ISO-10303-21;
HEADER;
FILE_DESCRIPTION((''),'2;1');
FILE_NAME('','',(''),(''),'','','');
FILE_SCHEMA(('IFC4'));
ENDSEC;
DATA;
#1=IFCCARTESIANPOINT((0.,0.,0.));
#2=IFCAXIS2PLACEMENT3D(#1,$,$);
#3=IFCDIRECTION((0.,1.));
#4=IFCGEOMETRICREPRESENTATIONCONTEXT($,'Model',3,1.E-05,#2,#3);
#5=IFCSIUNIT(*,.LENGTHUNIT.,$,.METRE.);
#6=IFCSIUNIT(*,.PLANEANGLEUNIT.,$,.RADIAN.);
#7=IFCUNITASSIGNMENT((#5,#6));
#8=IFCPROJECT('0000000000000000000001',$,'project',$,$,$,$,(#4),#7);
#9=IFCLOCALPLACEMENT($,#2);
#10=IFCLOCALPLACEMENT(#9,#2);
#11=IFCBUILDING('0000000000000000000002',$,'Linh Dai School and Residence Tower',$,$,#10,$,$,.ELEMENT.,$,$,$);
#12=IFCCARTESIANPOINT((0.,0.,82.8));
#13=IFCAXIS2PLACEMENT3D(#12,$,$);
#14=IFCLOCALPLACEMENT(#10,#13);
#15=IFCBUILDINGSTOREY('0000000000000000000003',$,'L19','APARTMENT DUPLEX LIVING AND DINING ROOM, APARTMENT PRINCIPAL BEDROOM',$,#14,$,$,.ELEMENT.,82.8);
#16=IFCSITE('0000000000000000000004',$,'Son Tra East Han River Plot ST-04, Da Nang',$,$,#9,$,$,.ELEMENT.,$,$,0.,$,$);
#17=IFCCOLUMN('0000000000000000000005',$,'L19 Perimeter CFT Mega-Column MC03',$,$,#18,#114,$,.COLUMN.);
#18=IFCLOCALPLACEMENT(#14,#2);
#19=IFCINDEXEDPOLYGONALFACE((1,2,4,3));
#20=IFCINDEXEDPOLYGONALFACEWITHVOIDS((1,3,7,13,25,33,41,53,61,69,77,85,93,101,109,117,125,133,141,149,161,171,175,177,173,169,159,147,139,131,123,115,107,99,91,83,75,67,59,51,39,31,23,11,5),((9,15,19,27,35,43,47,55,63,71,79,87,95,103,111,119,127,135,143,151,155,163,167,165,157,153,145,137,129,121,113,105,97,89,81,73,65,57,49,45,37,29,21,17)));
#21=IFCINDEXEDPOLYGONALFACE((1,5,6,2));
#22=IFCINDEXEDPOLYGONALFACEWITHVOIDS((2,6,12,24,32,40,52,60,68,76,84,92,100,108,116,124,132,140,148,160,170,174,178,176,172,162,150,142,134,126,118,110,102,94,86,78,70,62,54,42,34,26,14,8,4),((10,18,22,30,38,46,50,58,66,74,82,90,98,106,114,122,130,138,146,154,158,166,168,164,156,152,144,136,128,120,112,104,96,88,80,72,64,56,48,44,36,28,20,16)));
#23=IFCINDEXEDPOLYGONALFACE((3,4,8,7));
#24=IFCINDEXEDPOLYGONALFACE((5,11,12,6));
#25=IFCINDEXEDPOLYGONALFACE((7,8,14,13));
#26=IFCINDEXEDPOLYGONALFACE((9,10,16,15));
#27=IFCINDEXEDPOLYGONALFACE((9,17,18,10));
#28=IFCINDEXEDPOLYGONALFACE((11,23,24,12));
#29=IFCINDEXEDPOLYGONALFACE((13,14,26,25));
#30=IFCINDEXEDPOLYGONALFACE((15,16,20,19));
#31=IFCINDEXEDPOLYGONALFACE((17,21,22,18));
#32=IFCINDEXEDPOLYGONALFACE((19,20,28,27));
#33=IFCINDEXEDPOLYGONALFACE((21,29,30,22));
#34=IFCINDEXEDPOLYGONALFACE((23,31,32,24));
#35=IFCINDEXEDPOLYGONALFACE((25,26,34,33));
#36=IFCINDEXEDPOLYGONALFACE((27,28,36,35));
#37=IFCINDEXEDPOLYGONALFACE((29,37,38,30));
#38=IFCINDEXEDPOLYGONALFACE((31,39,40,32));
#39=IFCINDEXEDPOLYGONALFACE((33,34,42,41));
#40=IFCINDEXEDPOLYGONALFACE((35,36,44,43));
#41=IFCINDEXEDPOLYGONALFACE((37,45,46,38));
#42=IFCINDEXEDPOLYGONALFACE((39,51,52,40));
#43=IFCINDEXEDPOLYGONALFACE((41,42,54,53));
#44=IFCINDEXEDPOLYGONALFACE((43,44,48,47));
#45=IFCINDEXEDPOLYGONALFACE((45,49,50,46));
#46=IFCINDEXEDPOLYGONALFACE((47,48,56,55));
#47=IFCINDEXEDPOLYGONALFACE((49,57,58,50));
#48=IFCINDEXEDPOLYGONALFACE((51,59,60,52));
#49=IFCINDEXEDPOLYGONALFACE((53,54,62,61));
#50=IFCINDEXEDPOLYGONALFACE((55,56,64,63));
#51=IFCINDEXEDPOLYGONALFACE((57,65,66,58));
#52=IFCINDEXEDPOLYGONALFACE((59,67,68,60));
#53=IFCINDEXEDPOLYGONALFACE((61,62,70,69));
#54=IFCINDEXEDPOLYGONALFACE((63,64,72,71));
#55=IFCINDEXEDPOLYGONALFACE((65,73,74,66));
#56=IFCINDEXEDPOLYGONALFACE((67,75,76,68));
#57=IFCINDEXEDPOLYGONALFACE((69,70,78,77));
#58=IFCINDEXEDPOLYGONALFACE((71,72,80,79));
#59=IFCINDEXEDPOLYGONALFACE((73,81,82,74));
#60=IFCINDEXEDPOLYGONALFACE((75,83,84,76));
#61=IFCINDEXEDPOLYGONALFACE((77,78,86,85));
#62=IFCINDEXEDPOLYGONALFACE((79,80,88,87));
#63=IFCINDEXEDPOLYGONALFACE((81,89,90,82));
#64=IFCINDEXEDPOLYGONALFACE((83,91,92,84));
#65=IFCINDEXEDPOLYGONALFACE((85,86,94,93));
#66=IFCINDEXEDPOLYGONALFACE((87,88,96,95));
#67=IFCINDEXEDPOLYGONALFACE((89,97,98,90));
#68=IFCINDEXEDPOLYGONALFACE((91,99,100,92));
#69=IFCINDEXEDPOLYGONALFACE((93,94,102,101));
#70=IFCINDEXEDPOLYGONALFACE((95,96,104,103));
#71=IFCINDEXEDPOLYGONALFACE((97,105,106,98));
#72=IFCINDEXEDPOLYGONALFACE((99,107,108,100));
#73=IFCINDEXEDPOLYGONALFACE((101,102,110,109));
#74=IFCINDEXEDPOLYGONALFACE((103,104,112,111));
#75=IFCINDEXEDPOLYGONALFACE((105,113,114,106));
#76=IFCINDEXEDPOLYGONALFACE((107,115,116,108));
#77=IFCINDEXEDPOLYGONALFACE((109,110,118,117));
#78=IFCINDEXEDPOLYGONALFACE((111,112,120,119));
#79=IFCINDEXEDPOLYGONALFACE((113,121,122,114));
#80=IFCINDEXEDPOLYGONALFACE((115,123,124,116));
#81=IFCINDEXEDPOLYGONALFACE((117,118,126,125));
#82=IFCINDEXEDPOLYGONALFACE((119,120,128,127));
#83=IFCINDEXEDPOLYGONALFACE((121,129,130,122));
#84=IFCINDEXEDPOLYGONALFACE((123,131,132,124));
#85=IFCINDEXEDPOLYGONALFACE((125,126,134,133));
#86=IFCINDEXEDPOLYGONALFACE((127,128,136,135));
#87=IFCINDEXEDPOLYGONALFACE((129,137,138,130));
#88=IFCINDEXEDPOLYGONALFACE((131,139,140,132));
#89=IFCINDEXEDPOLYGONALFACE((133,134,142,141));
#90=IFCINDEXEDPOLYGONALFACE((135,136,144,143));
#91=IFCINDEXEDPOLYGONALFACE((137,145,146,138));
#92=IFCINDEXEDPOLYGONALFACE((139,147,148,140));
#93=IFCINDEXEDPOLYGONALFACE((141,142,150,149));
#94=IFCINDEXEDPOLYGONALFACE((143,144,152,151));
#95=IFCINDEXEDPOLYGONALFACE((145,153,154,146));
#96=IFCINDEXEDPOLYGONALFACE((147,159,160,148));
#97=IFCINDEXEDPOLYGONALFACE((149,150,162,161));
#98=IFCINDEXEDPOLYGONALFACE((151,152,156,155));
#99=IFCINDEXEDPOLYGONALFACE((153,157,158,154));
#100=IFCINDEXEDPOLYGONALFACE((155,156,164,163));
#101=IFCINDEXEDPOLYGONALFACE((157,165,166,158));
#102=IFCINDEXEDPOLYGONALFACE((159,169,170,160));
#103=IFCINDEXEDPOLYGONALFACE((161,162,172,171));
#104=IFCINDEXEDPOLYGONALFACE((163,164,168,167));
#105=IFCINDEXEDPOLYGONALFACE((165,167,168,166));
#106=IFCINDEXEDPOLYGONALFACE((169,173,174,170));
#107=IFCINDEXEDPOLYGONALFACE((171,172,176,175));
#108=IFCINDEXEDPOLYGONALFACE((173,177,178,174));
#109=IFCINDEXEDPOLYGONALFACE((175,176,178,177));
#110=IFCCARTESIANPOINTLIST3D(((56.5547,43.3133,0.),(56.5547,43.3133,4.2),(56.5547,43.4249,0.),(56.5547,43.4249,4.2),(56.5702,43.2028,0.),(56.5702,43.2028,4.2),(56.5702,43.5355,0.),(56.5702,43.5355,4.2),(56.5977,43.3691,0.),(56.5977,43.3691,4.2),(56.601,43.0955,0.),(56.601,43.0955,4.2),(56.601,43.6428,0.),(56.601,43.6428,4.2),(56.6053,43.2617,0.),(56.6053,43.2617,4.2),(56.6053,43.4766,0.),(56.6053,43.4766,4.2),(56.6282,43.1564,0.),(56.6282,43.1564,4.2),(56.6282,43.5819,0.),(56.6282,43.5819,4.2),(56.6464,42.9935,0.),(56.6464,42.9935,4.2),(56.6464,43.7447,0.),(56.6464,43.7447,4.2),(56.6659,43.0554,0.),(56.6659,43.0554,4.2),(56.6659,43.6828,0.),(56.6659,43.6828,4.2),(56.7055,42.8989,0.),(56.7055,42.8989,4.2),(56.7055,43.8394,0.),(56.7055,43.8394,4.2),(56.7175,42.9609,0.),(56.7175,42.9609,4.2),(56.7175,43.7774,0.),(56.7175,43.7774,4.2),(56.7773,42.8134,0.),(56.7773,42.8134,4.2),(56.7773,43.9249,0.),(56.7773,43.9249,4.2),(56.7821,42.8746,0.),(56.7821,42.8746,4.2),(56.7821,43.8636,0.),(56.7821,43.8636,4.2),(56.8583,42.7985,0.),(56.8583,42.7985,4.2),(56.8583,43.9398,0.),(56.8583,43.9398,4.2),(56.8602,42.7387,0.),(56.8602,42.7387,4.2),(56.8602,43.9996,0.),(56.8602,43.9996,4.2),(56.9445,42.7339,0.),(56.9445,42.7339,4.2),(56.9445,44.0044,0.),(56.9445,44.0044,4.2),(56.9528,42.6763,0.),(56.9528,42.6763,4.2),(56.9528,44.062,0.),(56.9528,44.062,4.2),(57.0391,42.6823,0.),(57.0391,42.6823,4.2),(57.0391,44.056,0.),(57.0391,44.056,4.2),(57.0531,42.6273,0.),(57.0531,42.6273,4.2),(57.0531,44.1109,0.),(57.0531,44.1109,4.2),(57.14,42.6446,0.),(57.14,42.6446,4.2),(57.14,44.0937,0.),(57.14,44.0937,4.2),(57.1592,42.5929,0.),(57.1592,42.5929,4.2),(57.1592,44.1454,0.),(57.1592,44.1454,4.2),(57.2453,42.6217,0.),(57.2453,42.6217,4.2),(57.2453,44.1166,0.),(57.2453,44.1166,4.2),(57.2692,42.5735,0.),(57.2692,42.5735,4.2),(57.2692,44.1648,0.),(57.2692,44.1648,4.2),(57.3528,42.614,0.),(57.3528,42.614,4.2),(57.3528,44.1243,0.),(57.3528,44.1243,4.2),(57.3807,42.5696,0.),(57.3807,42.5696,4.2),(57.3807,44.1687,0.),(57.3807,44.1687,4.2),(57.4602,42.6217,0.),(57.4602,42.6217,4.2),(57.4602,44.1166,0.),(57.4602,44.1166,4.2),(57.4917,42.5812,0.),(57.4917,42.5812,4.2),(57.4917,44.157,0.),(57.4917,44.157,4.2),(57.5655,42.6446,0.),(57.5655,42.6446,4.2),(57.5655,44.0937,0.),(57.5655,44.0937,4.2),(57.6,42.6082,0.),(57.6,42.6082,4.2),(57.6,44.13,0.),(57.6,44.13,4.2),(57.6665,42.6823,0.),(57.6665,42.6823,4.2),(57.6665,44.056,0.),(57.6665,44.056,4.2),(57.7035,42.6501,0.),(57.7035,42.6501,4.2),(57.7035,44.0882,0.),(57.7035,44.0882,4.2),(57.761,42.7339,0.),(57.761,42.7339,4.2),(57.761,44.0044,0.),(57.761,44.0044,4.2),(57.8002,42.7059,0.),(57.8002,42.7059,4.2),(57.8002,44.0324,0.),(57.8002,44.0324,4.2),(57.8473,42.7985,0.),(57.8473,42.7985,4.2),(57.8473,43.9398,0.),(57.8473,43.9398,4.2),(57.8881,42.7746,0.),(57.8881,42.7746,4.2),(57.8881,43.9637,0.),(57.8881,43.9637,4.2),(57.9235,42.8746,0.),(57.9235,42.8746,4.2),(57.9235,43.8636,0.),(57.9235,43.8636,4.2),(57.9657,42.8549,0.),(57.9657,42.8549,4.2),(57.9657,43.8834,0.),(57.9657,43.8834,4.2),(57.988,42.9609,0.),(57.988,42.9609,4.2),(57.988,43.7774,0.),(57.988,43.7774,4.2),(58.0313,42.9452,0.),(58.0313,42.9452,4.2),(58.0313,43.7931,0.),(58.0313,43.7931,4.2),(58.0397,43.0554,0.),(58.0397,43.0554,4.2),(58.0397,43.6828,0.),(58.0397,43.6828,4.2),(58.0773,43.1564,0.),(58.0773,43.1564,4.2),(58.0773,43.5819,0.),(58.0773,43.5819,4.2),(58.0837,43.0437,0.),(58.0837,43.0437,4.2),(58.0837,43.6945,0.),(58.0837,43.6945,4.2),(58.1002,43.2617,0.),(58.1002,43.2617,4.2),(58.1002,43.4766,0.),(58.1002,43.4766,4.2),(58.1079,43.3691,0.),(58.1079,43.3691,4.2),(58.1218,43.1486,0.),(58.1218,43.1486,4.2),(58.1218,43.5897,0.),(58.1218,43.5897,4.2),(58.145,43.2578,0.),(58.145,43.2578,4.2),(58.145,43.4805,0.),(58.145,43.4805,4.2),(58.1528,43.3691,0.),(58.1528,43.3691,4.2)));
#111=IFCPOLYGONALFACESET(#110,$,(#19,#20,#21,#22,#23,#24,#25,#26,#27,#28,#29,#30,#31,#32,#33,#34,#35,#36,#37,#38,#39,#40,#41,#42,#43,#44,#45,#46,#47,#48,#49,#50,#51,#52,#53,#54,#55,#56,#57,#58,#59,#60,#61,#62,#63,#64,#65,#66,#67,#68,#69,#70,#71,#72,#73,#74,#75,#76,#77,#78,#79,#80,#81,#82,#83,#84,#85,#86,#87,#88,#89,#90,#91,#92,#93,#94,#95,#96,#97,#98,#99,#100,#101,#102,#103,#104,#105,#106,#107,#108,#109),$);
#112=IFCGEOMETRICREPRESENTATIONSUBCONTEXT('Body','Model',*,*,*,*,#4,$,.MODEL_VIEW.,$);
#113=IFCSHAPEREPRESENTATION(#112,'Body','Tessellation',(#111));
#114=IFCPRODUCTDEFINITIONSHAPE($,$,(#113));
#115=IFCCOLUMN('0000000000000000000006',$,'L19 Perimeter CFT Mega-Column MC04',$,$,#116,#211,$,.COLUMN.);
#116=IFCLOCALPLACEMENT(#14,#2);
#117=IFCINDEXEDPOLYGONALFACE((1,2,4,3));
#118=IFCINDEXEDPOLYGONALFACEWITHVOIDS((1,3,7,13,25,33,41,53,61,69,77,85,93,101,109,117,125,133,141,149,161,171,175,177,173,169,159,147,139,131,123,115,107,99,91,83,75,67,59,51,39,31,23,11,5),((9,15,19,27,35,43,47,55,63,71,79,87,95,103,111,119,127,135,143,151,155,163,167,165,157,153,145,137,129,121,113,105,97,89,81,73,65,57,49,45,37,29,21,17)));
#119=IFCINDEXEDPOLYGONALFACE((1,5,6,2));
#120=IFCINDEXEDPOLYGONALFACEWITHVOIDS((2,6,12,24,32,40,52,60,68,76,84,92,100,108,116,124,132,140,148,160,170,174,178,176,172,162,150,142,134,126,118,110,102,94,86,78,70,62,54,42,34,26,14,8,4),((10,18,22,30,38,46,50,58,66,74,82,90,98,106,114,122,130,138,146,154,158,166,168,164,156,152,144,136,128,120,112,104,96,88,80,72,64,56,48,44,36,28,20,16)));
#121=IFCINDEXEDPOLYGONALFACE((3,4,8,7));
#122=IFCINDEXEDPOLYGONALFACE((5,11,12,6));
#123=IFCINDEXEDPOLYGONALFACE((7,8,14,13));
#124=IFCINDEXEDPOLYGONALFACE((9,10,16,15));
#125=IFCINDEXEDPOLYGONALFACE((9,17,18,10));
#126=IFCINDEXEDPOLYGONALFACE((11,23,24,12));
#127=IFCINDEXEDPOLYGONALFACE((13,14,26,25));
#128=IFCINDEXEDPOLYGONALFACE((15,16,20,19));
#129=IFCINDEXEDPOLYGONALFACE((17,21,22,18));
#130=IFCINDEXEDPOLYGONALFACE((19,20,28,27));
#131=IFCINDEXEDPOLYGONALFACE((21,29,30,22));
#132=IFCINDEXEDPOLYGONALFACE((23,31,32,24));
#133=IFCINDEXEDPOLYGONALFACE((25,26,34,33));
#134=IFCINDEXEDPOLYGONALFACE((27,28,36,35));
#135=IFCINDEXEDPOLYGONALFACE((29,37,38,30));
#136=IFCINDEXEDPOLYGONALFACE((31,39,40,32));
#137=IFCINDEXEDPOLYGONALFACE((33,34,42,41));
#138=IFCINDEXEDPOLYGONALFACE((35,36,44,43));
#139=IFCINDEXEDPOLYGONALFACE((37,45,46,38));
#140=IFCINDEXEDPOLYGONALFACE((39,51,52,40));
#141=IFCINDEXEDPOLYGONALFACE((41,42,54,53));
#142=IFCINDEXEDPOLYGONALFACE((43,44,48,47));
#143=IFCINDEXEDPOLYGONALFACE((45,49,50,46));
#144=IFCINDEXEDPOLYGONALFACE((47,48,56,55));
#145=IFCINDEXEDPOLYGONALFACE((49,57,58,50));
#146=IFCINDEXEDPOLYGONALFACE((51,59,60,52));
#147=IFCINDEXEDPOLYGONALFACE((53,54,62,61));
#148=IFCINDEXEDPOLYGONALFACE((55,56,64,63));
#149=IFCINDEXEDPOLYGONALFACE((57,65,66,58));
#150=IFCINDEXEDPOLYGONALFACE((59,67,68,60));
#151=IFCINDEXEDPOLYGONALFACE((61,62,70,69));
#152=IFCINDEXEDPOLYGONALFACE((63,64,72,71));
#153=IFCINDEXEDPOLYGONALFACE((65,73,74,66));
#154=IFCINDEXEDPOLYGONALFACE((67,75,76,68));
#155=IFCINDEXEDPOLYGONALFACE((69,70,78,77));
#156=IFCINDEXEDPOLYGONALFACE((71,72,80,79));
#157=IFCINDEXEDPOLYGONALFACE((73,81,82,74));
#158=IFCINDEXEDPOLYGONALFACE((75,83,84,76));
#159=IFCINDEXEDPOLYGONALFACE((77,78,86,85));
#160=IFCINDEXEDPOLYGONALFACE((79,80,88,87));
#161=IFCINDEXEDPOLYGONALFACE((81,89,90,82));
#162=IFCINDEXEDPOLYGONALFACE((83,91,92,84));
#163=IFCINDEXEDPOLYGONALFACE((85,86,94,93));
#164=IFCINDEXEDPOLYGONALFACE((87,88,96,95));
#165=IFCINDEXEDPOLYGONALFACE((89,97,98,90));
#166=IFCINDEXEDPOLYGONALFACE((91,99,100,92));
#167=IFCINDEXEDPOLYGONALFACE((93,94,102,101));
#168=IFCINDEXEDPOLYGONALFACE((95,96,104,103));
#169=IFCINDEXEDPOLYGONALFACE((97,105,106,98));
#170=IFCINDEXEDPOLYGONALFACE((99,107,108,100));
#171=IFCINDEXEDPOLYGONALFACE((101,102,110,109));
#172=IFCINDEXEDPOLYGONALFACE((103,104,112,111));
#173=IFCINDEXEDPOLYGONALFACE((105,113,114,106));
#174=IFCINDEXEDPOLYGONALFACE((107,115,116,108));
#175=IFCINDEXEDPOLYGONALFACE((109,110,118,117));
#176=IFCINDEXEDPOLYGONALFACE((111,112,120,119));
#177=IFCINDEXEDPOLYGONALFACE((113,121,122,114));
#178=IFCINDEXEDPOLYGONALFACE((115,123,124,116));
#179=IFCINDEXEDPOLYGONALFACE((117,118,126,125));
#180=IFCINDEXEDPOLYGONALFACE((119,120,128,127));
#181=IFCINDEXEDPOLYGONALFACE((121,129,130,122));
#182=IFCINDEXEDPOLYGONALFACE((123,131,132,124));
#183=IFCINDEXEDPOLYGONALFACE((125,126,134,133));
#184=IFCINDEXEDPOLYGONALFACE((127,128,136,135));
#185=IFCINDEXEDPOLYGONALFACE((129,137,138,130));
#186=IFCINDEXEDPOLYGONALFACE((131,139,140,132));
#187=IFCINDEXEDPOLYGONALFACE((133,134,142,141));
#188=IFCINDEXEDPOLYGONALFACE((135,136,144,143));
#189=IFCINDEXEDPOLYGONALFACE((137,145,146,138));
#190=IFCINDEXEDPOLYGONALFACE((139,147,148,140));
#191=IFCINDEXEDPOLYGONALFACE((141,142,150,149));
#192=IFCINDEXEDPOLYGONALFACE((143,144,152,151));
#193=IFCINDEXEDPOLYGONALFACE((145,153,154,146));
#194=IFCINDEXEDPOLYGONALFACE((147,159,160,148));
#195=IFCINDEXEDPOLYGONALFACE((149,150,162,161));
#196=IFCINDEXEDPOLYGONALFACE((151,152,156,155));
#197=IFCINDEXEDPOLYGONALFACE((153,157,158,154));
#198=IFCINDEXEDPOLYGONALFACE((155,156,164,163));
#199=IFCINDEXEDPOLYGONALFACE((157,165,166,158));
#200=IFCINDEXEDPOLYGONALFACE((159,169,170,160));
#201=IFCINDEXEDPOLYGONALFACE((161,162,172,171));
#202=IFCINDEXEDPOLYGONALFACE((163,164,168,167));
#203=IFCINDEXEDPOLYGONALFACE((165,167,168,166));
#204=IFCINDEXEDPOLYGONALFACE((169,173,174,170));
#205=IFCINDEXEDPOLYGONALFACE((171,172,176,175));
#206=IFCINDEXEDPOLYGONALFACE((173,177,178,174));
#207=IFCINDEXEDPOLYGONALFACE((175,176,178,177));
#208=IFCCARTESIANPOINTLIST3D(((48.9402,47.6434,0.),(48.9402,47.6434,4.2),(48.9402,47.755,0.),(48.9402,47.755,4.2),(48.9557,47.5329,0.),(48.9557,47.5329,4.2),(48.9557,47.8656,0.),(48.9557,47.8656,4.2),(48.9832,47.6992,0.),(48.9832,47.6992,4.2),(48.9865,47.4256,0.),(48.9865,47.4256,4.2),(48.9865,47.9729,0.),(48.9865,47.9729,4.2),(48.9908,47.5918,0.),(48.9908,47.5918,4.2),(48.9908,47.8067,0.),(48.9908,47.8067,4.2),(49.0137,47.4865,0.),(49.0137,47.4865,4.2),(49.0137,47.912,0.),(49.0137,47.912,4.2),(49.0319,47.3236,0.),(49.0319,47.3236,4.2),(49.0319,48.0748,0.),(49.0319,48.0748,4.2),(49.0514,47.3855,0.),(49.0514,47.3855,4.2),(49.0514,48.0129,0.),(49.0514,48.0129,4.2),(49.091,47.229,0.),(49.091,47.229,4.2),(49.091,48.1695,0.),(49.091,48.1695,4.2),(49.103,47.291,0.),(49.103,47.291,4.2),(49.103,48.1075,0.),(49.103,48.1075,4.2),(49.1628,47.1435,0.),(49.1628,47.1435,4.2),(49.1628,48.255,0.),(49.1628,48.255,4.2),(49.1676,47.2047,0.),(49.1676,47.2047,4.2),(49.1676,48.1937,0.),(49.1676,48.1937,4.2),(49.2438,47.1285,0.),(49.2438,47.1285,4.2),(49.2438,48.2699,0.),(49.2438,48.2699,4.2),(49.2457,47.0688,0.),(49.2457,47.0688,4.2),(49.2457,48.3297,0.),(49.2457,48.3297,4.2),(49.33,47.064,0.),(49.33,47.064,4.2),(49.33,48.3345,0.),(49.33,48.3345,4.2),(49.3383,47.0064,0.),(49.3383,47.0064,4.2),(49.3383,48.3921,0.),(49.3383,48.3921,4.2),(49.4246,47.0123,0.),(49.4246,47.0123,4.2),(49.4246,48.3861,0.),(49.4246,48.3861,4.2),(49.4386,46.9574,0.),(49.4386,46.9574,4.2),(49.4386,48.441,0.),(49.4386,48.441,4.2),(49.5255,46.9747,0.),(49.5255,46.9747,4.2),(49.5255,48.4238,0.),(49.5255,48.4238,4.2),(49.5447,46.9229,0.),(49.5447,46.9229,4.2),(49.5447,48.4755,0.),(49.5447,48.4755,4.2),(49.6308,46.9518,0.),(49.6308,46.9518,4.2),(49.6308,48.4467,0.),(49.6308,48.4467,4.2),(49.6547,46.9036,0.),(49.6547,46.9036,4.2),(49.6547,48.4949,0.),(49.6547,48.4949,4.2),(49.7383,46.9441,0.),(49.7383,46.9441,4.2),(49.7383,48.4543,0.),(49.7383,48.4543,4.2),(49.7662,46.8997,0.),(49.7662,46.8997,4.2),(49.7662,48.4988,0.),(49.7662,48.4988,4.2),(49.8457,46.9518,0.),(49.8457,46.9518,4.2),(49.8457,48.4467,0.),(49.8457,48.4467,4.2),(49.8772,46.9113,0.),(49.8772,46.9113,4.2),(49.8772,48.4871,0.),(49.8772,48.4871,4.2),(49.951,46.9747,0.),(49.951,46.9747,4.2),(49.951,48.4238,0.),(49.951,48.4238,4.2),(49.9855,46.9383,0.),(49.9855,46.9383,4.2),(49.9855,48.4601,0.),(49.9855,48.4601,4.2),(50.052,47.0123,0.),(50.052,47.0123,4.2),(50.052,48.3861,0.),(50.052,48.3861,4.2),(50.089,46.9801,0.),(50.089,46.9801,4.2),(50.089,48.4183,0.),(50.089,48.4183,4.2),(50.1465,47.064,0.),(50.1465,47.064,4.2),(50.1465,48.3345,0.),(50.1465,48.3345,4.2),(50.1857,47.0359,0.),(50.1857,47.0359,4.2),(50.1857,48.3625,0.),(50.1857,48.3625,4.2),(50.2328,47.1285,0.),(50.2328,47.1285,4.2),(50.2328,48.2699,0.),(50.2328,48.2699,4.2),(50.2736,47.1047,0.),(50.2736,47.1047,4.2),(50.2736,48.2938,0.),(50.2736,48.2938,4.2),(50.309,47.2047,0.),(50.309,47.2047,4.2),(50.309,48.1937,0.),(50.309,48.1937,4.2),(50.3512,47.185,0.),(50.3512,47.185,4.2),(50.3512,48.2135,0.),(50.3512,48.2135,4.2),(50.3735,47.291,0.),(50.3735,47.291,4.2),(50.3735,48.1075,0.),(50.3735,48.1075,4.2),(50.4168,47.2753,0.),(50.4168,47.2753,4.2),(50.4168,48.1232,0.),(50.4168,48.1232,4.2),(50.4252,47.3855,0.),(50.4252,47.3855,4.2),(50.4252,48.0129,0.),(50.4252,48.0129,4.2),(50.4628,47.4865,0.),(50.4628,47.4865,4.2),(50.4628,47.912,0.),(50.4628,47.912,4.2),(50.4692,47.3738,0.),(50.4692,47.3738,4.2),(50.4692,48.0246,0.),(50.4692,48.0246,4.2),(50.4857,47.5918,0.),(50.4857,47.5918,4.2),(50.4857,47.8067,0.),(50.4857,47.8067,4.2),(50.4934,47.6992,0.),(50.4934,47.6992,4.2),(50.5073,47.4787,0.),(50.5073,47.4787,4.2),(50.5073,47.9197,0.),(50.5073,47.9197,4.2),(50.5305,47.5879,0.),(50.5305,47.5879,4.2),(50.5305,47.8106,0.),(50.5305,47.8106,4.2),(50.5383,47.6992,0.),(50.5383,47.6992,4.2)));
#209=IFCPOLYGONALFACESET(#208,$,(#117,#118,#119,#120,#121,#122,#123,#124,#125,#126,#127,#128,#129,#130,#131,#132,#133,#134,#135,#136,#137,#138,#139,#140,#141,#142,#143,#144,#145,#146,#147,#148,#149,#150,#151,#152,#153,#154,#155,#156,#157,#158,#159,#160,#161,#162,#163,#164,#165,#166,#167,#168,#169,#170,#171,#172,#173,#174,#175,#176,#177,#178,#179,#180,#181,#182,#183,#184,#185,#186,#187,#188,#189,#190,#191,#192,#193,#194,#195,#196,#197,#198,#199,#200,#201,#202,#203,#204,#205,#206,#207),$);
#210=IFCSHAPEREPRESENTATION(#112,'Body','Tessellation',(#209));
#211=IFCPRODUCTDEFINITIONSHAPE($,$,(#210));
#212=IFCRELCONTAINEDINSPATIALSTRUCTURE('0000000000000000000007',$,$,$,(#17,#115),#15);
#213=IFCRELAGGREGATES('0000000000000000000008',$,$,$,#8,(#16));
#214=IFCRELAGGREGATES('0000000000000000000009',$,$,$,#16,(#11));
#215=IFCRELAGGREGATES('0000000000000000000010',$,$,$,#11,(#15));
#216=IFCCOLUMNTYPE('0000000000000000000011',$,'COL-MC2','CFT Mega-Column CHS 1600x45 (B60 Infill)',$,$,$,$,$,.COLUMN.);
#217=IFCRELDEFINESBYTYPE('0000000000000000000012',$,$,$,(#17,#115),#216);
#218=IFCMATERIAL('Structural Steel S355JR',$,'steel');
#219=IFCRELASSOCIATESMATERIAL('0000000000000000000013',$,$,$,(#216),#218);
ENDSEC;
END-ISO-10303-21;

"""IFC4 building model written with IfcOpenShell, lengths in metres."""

from ifc_helpers import new_model, si_unit, direction, frame, origin, origin_2d, place, context, subcontext, project, spatial, hollow_circle, extrude, material, material_profile, profile_set, type_object, element, save


model = new_model("IFC4")

# Units and contexts
model_context = context("Model", 3, precision=1e-05, world=origin(), true_north=direction((0.0, 1.0)))
body_context = subcontext(model_context, "Body", "Model", "MODEL_VIEW")
ifc_project = project(units=[si_unit("LENGTHUNIT", "METRE"), si_unit("PLANEANGLEUNIT", "RADIAN")], contexts=[model_context])

# Site, building, storey
site_placement = place(None, origin())
site = spatial("IfcSite", under=ifc_project, at=site_placement, Name="Son Tra East Han River Plot ST-04, Da Nang", CompositionType="ELEMENT", RefElevation=0.0)
building_placement = place(site_placement, origin())
building = spatial("IfcBuilding", under=site, at=building_placement, Name="Linh Dai School and Residence Tower", CompositionType="ELEMENT")
storey_placement = place(building_placement, frame((0.0, 0.0, 82.8)))
storey = spatial("IfcBuildingStorey", under=building, at=storey_placement, Name="L19", Description="APARTMENT DUPLEX LIVING AND DINING ROOM, APARTMENT PRINCIPAL BEDROOM", CompositionType="ELEMENT", Elevation=82.8)

# Columns
ifc_material_1 = material(Name="Structural Steel S355JR", Category="steel")
ifc_material_profile_1 = material_profile(ifc_material_1, hollow_circle(Radius=0.8, WallThickness=0.0449, at=origin_2d()), Name="CHS 1600x45")
ifc_profile_set_1 = profile_set([ifc_material_profile_1], Name="Structural Steel S355JR")
column_type = type_object("IfcColumnType", Name="COL-MC2", Description="CFT Mega-Column CHS 1600x45 (B60 Infill)", PredefinedType="COLUMN", material=ifc_profile_set_1)
for number, where, z_axis, x_axis, name in (
    (1, (57.3528, 43.3691, 0.0), (0.0, 0.0, 1.0), (1.0, 0.0, 0.0), "L19 Perimeter CFT Mega-Column MC03"),
    (2, (49.7383, 47.6992, 0.0), (0.0, 0.0, 1.0), (1.0, 0.0, 0.0), "L19 Perimeter CFT Mega-Column MC04"),
):
    element("IfcColumn", number, at=place(storey_placement, frame(where, z_axis=z_axis, x_axis=x_axis)), inside=storey, type_object=column_type, Name=name, PredefinedType="COLUMN", context=body_context, shape_type="SweptSolid", body=[
        extrude(hollow_circle(Radius=0.8, WallThickness=0.0449, at=origin_2d()), origin(), (0.0, 0.0, 1.0), 4.2),
    ])

save(model, "model.ifc")
